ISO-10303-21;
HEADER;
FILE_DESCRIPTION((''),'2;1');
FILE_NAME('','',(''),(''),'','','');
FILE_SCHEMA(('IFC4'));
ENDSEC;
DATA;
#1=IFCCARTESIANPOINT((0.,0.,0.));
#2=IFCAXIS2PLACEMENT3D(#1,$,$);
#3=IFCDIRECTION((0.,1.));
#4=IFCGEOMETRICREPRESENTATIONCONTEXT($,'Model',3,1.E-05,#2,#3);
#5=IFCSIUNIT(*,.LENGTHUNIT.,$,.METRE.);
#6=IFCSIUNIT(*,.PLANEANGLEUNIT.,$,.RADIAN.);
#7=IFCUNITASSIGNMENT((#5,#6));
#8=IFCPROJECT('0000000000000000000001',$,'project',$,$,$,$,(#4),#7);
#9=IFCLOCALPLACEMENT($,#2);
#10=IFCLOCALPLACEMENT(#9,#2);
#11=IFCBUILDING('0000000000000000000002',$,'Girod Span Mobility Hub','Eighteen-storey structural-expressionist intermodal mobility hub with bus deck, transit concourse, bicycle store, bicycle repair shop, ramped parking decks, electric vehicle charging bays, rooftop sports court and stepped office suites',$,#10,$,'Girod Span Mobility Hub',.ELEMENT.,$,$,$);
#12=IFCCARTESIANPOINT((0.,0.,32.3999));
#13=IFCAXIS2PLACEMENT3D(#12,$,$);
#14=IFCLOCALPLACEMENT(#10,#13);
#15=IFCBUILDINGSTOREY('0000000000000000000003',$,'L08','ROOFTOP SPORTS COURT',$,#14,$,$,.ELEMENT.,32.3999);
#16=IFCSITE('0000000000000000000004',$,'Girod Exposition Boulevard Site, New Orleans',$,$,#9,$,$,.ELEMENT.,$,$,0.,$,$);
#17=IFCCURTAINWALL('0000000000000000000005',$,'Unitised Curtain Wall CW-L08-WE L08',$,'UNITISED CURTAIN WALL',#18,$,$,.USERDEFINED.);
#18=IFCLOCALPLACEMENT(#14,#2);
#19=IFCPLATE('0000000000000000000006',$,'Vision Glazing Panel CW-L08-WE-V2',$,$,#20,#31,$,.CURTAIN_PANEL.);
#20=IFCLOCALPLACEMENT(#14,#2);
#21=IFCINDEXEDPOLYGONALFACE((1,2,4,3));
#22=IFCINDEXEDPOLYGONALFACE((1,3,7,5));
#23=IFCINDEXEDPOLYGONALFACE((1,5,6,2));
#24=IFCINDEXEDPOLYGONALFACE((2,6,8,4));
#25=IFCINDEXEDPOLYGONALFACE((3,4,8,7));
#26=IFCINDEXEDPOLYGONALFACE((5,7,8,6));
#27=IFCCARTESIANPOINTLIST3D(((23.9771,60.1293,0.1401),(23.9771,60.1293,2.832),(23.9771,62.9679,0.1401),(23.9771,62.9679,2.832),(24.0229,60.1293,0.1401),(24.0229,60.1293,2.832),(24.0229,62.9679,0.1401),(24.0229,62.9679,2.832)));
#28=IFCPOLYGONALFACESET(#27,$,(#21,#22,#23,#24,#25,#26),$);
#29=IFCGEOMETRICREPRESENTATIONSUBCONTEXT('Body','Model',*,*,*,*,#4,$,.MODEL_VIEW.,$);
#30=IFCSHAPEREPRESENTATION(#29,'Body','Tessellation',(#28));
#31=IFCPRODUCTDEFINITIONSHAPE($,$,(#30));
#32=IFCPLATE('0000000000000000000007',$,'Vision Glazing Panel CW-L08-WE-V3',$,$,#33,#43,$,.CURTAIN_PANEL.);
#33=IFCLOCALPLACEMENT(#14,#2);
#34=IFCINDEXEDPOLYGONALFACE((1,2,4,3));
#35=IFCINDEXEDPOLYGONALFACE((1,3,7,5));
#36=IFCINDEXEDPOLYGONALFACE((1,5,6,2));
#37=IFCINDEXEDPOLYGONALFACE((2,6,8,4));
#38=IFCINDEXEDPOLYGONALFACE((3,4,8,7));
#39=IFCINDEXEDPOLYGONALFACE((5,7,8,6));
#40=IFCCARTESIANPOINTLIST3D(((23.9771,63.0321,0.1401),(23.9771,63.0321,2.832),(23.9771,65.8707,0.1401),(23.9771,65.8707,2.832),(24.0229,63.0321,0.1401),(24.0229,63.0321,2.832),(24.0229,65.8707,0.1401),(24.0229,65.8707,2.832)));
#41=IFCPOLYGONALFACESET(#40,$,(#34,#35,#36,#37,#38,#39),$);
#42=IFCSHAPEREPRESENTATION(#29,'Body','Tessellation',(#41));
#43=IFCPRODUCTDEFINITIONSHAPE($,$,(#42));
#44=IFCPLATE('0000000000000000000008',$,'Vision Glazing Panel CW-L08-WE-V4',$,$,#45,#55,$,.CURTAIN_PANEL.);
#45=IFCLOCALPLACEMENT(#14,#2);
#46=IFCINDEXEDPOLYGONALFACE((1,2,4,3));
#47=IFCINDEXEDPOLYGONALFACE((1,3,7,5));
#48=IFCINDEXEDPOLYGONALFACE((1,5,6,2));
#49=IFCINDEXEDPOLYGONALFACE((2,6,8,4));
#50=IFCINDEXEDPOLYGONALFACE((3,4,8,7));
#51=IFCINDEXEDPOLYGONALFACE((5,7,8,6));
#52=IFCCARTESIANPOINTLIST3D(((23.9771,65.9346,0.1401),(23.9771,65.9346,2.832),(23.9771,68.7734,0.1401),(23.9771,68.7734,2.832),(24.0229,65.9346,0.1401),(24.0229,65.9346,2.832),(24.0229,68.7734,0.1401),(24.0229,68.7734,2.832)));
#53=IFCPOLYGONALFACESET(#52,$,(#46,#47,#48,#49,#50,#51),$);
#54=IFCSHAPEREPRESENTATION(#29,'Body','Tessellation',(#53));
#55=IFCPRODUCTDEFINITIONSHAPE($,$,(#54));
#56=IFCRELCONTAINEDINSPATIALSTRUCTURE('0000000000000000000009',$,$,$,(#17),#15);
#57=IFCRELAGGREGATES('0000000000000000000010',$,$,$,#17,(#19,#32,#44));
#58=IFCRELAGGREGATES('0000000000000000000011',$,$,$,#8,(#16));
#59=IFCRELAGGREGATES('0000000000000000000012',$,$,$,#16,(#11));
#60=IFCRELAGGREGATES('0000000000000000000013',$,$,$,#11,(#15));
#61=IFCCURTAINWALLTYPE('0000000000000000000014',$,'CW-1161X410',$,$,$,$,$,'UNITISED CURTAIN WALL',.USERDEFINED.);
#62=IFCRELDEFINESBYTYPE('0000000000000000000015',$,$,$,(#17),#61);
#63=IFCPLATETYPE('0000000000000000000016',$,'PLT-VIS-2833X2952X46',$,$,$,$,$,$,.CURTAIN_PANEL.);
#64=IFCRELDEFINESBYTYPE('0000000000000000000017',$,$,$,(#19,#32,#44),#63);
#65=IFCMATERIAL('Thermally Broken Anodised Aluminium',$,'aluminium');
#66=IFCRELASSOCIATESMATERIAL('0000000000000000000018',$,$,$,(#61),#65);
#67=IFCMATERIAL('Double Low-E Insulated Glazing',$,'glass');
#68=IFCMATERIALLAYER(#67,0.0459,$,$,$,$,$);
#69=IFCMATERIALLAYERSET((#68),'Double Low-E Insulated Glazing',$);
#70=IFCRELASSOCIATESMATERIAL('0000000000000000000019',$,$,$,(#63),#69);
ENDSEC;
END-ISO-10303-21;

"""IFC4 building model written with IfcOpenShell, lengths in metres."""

from ifc_helpers import new_model, si_unit, direction, frame, origin, origin_2d, place, context, subcontext, project, spatial, rectangle, extrude, material, layer, layer_set, type_object, element, aggregate, save


model = new_model("IFC4")

# Units and contexts
model_context = context("Model", 3, precision=1e-05, world=origin(), true_north=direction((0.0, 1.0)))
body_context = subcontext(model_context, "Body", "Model", "MODEL_VIEW")
ifc_project = project(units=[si_unit("LENGTHUNIT", "METRE"), si_unit("PLANEANGLEUNIT", "RADIAN")], contexts=[model_context])

# Site, building, storey
site_placement = place(None, origin())
site = spatial("IfcSite", under=ifc_project, at=site_placement, Name="Girod Exposition Boulevard Site, New Orleans", CompositionType="ELEMENT", RefElevation=0.0)
building_placement = place(site_placement, origin())
building = spatial("IfcBuilding", under=site, at=building_placement, Name="Girod Span Mobility Hub", Description="Eighteen-storey structural-expressionist intermodal mobility hub with bus deck, transit concourse, bicycle store, bicycle repair shop, ramped parking decks, electric vehicle charging bays, rooftop sports court and stepped office suites", LongName="Girod Span Mobility Hub", CompositionType="ELEMENT")
storey_placement = place(building_placement, frame((0.0, 0.0, 32.3999)))
storey = spatial("IfcBuildingStorey", under=building, at=storey_placement, Name="L08", Description="ROOFTOP SPORTS COURT", CompositionType="ELEMENT", Elevation=32.3999)

# Shared definitions
ifc_material_1 = material(Name="Thermally Broken Anodised Aluminium", Category="aluminium")
curtain_wall_type = type_object("IfcCurtainWallType", Name="CW-1161X410", ElementType="UNITISED CURTAIN WALL", PredefinedType="USERDEFINED", material=ifc_material_1)

# Curtain wall
curtain_wall_1_placement = place(storey_placement, origin())
curtain_wall_1 = element("IfcCurtainWall", 1, at=curtain_wall_1_placement, inside=storey, type_object=curtain_wall_type, Name="Unitised Curtain Wall CW-L08-WE L08", ObjectType="UNITISED CURTAIN WALL", PredefinedType="USERDEFINED")

# Plates
ifc_material_2 = material(Name="Double Low-E Insulated Glazing", Category="glass")
ifc_layer_1 = layer(ifc_material_2, 0.0459)
ifc_layer_set_1 = layer_set([ifc_layer_1], Name="Double Low-E Insulated Glazing")
plate_type_1 = type_object("IfcPlateType", Name="PLT-VIS-2833X2952X46", PredefinedType="CURTAIN_PANEL", material=ifc_layer_set_1)
plate_1_placement = place(storey_placement, frame((24.0, 61.5486, 0.1401), z_axis=(0.0, 0.0, 1.0), x_axis=(0.0, 1.0, 0.0)))
plate_1 = element("IfcPlate", 2, at=plate_1_placement, type_object=plate_type_1, Name="Vision Glazing Panel CW-L08-WE-V2", PredefinedType="CURTAIN_PANEL", context=body_context, shape_type="SweptSolid", body=[
    extrude(rectangle(XDim=2.8386, YDim=0.0459, at=origin_2d()), origin(), (0.0, 0.0, 1.0), 2.6919),
])
plate_2_placement = place(storey_placement, frame((24.0, 64.4514, 0.1401), z_axis=(0.0, 0.0, 1.0), x_axis=(0.0, 1.0, 0.0)))
plate_2 = element("IfcPlate", 3, at=plate_2_placement, type_object=plate_type_1, Name="Vision Glazing Panel CW-L08-WE-V3", PredefinedType="CURTAIN_PANEL", context=body_context, shape_type="SweptSolid", body=[
    extrude(rectangle(XDim=2.8386, YDim=0.0459, at=origin_2d()), origin(), (0.0, 0.0, 1.0), 2.6919),
])
plate_3_placement = place(storey_placement, frame((24.0, 67.354, 0.1401), z_axis=(0.0, 0.0, 1.0), x_axis=(0.0, 1.0, 0.0)))
plate_3 = element("IfcPlate", 4, at=plate_3_placement, type_object=plate_type_1, Name="Vision Glazing Panel CW-L08-WE-V4", PredefinedType="CURTAIN_PANEL", context=body_context, shape_type="SweptSolid", body=[
    extrude(rectangle(XDim=2.8389, YDim=0.0459, at=origin_2d()), origin(), (0.0, 0.0, 1.0), 2.6919),
])
aggregate(curtain_wall_1, [plate_1, plate_2, plate_3])

save(model, "model.ifc")
